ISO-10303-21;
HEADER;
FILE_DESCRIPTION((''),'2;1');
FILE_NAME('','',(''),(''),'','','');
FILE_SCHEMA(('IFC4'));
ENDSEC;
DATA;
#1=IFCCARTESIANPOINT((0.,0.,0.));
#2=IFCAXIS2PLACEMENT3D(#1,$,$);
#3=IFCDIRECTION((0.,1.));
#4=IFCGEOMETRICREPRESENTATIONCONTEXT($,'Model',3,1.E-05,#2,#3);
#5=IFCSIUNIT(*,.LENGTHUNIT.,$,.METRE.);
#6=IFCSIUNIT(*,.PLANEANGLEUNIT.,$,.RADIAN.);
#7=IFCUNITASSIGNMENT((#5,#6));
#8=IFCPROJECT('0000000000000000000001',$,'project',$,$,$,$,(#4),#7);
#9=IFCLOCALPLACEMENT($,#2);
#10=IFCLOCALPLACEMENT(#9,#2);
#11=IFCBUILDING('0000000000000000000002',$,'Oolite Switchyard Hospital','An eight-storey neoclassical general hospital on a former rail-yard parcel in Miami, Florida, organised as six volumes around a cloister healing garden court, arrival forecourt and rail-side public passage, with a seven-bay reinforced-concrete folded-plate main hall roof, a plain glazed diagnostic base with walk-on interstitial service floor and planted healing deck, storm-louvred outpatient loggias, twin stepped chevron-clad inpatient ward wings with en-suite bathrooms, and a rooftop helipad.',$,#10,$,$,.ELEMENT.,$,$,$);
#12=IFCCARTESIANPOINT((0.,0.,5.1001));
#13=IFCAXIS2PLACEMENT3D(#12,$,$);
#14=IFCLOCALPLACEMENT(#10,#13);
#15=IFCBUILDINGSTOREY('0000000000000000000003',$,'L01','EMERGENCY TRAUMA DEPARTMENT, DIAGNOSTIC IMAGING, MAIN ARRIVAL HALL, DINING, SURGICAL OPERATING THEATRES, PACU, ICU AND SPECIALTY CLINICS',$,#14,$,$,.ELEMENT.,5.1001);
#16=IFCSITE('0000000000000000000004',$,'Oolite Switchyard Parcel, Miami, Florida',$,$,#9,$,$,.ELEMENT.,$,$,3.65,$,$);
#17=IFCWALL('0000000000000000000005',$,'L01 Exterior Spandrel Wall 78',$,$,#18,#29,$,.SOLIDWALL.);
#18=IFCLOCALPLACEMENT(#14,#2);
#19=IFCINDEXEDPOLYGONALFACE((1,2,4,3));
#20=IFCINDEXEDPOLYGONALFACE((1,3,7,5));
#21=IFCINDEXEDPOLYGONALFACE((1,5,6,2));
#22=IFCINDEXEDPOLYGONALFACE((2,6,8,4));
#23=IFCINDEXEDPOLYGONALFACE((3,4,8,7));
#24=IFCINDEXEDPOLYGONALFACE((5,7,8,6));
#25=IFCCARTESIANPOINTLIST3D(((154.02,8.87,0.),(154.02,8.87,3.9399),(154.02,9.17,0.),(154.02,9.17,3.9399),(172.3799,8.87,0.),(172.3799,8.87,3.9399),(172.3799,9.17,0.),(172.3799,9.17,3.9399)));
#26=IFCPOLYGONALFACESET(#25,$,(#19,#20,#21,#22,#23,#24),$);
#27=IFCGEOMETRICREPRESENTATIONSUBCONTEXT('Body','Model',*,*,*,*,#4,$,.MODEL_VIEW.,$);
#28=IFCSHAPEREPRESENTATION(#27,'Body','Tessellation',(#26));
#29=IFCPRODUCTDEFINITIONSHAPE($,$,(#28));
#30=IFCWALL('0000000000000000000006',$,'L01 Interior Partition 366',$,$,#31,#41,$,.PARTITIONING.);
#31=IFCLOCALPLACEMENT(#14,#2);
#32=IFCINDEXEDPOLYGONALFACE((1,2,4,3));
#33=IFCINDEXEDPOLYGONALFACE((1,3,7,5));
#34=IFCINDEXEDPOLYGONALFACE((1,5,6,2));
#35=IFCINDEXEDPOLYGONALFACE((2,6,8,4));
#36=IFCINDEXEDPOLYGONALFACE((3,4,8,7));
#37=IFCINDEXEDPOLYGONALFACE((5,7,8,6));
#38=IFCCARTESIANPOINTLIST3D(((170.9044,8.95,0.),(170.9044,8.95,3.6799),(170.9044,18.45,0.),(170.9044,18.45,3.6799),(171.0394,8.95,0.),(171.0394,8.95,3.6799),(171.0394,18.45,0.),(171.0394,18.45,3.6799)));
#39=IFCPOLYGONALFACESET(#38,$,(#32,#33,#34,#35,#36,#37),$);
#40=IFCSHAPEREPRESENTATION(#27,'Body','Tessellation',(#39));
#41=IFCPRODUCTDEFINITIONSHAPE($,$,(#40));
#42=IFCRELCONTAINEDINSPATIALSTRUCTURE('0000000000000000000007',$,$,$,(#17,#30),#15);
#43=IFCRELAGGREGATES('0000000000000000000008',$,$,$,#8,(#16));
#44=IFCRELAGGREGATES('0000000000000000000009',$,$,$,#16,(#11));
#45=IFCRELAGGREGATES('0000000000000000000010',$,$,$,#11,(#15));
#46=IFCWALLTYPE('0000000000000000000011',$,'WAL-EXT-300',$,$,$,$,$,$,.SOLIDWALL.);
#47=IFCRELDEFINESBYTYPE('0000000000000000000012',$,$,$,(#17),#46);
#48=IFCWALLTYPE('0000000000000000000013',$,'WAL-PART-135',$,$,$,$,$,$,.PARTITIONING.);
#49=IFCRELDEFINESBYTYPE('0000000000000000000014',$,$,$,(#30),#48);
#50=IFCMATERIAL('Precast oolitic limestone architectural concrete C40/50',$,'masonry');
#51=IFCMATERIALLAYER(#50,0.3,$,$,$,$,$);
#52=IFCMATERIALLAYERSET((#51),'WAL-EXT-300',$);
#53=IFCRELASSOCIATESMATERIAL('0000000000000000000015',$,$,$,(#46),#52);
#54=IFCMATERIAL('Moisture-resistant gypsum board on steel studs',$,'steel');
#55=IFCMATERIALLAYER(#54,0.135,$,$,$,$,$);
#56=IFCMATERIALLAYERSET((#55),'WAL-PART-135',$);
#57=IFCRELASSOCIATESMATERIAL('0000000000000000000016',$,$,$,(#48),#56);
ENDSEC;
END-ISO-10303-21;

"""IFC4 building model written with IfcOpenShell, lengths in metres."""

from ifc_helpers import new_model, si_unit, direction, frame, frame_2d, origin, place, context, subcontext, project, spatial, rectangle, extrude, material, layer, layer_set, type_object, element, save


model = new_model("IFC4")

# Units and contexts
model_context = context("Model", 3, precision=1e-05, world=origin(), true_north=direction((0.0, 1.0)))
body_context = subcontext(model_context, "Body", "Model", "MODEL_VIEW")
ifc_project = project(units=[si_unit("LENGTHUNIT", "METRE"), si_unit("PLANEANGLEUNIT", "RADIAN")], contexts=[model_context])

# Site, building, storey
site_placement = place(None, origin())
site = spatial("IfcSite", under=ifc_project, at=site_placement, Name="Oolite Switchyard Parcel, Miami, Florida", CompositionType="ELEMENT", RefElevation=3.65)
building_placement = place(site_placement, origin())
building = spatial("IfcBuilding", under=site, at=building_placement, Name="Oolite Switchyard Hospital", Description="An eight-storey neoclassical general hospital on a former rail-yard parcel in Miami, Florida, organised as six volumes around a cloister healing garden court, arrival forecourt and rail-side public passage, with a seven-bay reinforced-concrete folded-plate main hall roof, a plain glazed diagnostic base with walk-on interstitial service floor and planted healing deck, storm-louvred outpatient loggias, twin stepped chevron-clad inpatient ward wings with en-suite bathrooms, and a rooftop helipad.", CompositionType="ELEMENT")
storey_placement = place(building_placement, frame((0.0, 0.0, 5.1001)))
storey = spatial("IfcBuildingStorey", under=building, at=storey_placement, Name="L01", Description="EMERGENCY TRAUMA DEPARTMENT, DIAGNOSTIC IMAGING, MAIN ARRIVAL HALL, DINING, SURGICAL OPERATING THEATRES, PACU, ICU AND SPECIALTY CLINICS", CompositionType="ELEMENT", Elevation=5.1001)

# Walls
ifc_material_1 = material(Name="Precast oolitic limestone architectural concrete C40/50", Category="masonry")
ifc_layer_1 = layer(ifc_material_1, 0.3)
ifc_layer_set_1 = layer_set([ifc_layer_1], Name="WAL-EXT-300")
wall_type_1 = type_object("IfcWallType", Name="WAL-EXT-300", PredefinedType="SOLIDWALL", material=ifc_layer_set_1)
wall_1_placement = place(storey_placement, frame((172.3799, 9.02, 0.0), z_axis=(0.0, 0.0, 1.0), x_axis=(-1.0, 0.0, 0.0)))
element("IfcWall", 1, at=wall_1_placement, inside=storey, type_object=wall_type_1, Name="L01 Exterior Spandrel Wall 78", PredefinedType="SOLIDWALL", context=body_context, shape_type="SweptSolid", body=[
    extrude(rectangle(XDim=18.3599, YDim=0.3, at=frame_2d((9.1799, 0.0))), origin(), (0.0, 0.0, 1.0), 3.9399),
])
ifc_material_2 = material(Name="Moisture-resistant gypsum board on steel studs", Category="steel")
ifc_layer_2 = layer(ifc_material_2, 0.135)
ifc_layer_set_2 = layer_set([ifc_layer_2], Name="WAL-PART-135")
wall_type_2 = type_object("IfcWallType", Name="WAL-PART-135", PredefinedType="PARTITIONING", material=ifc_layer_set_2)
wall_2_placement = place(storey_placement, frame((170.9719, 8.95, 0.0), z_axis=(0.0, 0.0, 1.0), x_axis=(0.0, 1.0, 0.0)))
element("IfcWall", 2, at=wall_2_placement, inside=storey, type_object=wall_type_2, Name="L01 Interior Partition 366", PredefinedType="PARTITIONING", context=body_context, shape_type="SweptSolid", body=[
    extrude(rectangle(XDim=9.5, YDim=0.135, at=frame_2d((4.75, 0.0))), origin(), (0.0, 0.0, 1.0), 3.6799),
])

save(model, "model.ifc")
